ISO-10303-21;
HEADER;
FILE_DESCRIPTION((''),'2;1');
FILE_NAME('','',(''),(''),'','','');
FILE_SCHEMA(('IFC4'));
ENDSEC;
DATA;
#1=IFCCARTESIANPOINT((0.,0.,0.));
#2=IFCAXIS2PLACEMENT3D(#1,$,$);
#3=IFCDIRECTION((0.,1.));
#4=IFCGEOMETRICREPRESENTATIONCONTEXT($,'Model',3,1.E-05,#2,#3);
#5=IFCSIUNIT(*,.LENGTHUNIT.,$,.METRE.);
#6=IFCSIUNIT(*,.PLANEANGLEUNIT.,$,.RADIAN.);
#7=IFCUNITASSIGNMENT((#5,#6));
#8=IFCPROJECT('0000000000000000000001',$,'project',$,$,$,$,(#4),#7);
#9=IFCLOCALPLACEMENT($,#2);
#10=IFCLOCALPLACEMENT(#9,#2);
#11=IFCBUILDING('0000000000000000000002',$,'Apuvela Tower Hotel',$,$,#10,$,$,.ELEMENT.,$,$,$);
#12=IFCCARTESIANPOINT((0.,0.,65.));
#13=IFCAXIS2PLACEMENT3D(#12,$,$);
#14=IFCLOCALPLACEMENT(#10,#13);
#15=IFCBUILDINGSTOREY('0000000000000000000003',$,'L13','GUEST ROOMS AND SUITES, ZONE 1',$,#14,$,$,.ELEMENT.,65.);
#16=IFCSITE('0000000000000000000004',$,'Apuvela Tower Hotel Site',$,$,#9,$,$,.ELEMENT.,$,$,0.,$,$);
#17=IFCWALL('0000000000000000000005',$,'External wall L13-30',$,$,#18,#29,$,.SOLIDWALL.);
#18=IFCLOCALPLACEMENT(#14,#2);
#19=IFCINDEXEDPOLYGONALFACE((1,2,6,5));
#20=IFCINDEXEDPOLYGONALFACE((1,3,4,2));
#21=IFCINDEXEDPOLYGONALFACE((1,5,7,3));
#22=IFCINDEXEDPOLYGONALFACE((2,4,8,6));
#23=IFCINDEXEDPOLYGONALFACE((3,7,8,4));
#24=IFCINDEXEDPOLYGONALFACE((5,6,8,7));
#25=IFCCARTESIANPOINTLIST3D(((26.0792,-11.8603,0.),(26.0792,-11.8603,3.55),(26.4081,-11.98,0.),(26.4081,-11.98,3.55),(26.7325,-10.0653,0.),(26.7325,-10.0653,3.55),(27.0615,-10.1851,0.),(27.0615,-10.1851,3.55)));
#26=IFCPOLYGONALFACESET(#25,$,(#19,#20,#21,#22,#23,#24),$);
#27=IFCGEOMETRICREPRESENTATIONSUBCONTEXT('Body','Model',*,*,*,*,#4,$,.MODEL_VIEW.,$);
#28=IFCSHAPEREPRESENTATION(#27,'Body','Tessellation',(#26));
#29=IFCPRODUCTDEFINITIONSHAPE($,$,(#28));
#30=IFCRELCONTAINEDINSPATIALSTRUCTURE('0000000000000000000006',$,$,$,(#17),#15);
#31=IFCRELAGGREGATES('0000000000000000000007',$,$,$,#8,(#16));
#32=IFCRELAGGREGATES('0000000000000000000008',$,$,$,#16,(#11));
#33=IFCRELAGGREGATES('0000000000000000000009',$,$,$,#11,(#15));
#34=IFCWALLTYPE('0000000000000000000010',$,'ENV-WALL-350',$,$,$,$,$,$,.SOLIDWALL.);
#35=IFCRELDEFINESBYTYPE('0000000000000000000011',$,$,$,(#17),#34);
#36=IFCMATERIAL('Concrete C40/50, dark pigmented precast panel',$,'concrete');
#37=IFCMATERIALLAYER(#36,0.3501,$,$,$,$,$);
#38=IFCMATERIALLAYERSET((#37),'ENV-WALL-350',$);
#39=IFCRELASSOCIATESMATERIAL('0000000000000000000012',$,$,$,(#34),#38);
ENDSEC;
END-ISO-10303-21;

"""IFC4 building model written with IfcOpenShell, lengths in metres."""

from ifc_helpers import new_model, si_unit, direction, frame, frame_2d, origin, place, context, subcontext, project, spatial, rectangle, extrude, material, layer, layer_set, type_object, element, save


model = new_model("IFC4")

# Units and contexts
model_context = context("Model", 3, precision=1e-05, world=origin(), true_north=direction((0.0, 1.0)))
body_context = subcontext(model_context, "Body", "Model", "MODEL_VIEW")
ifc_project = project(units=[si_unit("LENGTHUNIT", "METRE"), si_unit("PLANEANGLEUNIT", "RADIAN")], contexts=[model_context])

# Site, building, storey
site_placement = place(None, origin())
site = spatial("IfcSite", under=ifc_project, at=site_placement, Name="Apuvela Tower Hotel Site", CompositionType="ELEMENT", RefElevation=0.0)
building_placement = place(site_placement, origin())
building = spatial("IfcBuilding", under=site, at=building_placement, Name="Apuvela Tower Hotel", CompositionType="ELEMENT")
storey_placement = place(building_placement, frame((0.0, 0.0, 65.0)))
storey = spatial("IfcBuildingStorey", under=building, at=storey_placement, Name="L13", Description="GUEST ROOMS AND SUITES, ZONE 1", CompositionType="ELEMENT", Elevation=65.0)

# Shared definitions
ifc_material_1 = material(Name="Concrete C40/50, dark pigmented precast panel", Category="concrete")
ifc_layer_1 = layer(ifc_material_1, 0.3501)
ifc_layer_set_1 = layer_set([ifc_layer_1], Name="ENV-WALL-350")
wall_type_1 = type_object("IfcWallType", Name="ENV-WALL-350", PredefinedType="SOLIDWALL", material=ifc_layer_set_1)

# Wall
wall_1_placement = place(storey_placement, frame((26.2437, -11.9202, 0.0), z_axis=(0.0, 0.0, 1.0), x_axis=(0.34203, 0.939689, 0.0)))
element("IfcWall", 1, at=wall_1_placement, inside=storey, type_object=wall_type_1, Name="External wall L13-30", PredefinedType="SOLIDWALL", context=body_context, shape_type="SweptSolid", body=[
    extrude(rectangle(XDim=1.9102, YDim=0.3501, at=frame_2d((0.9551, 0.0))), origin(), (0.0, 0.0, 1.0), 3.55),
])

save(model, "model.ifc")
